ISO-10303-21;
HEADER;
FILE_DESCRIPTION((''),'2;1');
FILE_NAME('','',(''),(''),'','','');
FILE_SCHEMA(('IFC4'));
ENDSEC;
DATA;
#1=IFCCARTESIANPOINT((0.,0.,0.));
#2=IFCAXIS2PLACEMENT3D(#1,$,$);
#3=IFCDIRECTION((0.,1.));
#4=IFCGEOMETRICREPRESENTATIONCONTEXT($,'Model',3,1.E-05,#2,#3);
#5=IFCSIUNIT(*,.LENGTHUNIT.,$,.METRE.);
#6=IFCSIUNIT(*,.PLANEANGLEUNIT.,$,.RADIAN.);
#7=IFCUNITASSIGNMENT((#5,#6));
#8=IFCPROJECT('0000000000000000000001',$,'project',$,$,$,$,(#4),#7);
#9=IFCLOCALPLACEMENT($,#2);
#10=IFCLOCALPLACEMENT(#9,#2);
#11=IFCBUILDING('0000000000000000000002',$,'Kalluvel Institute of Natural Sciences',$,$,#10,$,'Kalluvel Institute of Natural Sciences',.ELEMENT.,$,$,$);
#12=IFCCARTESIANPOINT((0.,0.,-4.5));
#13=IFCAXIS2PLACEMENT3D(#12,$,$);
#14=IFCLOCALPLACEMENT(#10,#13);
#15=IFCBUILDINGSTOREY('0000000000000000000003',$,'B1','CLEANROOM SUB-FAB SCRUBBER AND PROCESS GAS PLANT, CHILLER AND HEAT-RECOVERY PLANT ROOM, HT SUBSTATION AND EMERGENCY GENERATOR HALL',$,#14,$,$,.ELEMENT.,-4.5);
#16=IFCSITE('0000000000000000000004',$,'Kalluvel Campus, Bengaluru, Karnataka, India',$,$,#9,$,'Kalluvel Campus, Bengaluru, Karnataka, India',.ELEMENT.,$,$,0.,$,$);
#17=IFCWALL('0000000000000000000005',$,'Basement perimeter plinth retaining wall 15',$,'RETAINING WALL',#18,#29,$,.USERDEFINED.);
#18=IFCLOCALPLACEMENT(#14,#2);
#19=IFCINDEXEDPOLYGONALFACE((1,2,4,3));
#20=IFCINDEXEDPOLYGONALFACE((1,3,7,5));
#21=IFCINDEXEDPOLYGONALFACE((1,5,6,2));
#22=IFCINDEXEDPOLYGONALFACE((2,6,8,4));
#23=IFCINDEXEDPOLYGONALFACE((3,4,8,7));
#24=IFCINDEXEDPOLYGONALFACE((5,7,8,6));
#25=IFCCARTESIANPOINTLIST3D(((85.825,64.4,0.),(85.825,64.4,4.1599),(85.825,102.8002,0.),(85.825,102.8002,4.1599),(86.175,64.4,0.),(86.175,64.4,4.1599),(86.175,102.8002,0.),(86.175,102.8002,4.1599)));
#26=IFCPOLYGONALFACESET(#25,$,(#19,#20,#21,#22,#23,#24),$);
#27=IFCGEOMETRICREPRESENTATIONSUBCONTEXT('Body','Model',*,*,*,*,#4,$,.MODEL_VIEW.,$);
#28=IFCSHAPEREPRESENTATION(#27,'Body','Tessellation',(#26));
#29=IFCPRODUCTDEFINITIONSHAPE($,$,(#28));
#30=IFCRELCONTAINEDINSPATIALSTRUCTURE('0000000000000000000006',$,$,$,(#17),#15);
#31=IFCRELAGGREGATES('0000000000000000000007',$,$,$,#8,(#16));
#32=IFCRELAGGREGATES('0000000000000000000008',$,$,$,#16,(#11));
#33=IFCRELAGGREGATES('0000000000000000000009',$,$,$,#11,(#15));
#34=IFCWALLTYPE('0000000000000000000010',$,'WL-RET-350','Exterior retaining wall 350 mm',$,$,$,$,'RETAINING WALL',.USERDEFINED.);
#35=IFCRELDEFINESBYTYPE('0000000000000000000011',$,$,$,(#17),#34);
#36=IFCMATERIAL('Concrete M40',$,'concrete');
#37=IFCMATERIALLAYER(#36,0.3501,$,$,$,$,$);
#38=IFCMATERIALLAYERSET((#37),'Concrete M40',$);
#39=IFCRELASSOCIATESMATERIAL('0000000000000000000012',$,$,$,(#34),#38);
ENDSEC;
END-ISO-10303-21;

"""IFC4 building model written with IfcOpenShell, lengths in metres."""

from ifc_helpers import new_model, si_unit, direction, frame, frame_2d, origin, place, context, subcontext, project, spatial, rectangle, extrude, material, layer, layer_set, type_object, element, save


model = new_model("IFC4")

# Units and contexts
model_context = context("Model", 3, precision=1e-05, world=origin(), true_north=direction((0.0, 1.0)))
body_context = subcontext(model_context, "Body", "Model", "MODEL_VIEW")
ifc_project = project(units=[si_unit("LENGTHUNIT", "METRE"), si_unit("PLANEANGLEUNIT", "RADIAN")], contexts=[model_context])

# Site, building, storey
site_placement = place(None, origin())
site = spatial("IfcSite", under=ifc_project, at=site_placement, Name="Kalluvel Campus, Bengaluru, Karnataka, India", LongName="Kalluvel Campus, Bengaluru, Karnataka, India", CompositionType="ELEMENT", RefElevation=0.0)
building_placement = place(site_placement, origin())
building = spatial("IfcBuilding", under=site, at=building_placement, Name="Kalluvel Institute of Natural Sciences", LongName="Kalluvel Institute of Natural Sciences", CompositionType="ELEMENT")
storey_placement = place(building_placement, frame((0.0, 0.0, -4.5)))
storey = spatial("IfcBuildingStorey", under=building, at=storey_placement, Name="B1", Description="CLEANROOM SUB-FAB SCRUBBER AND PROCESS GAS PLANT, CHILLER AND HEAT-RECOVERY PLANT ROOM, HT SUBSTATION AND EMERGENCY GENERATOR HALL", CompositionType="ELEMENT", Elevation=-4.5)

# Shared definitions
ifc_material_1 = material(Name="Concrete M40", Category="concrete")

# Wall
ifc_layer = layer(ifc_material_1, 0.3501)
ifc_layer_set = layer_set([ifc_layer], Name="Concrete M40")
wall_type = type_object("IfcWallType", Name="WL-RET-350", Description="Exterior retaining wall 350 mm", ElementType="RETAINING WALL", PredefinedType="USERDEFINED", material=ifc_layer_set)
wall_placement = place(storey_placement, frame((86.0, 64.3999, 0.0), z_axis=(0.0, 0.0, 1.0), x_axis=(0.0, 1.0, 0.0)))
element("IfcWall", 1, at=wall_placement, inside=storey, type_object=wall_type, Name="Basement perimeter plinth retaining wall 15", ObjectType="RETAINING WALL", PredefinedType="USERDEFINED", context=body_context, shape_type="SweptSolid", body=[
    extrude(rectangle(XDim=38.4001, YDim=0.3501, at=frame_2d((19.2002, 0.0))), origin(), (0.0, 0.0, 1.0), 4.1599),
])

save(model, "model.ifc")
